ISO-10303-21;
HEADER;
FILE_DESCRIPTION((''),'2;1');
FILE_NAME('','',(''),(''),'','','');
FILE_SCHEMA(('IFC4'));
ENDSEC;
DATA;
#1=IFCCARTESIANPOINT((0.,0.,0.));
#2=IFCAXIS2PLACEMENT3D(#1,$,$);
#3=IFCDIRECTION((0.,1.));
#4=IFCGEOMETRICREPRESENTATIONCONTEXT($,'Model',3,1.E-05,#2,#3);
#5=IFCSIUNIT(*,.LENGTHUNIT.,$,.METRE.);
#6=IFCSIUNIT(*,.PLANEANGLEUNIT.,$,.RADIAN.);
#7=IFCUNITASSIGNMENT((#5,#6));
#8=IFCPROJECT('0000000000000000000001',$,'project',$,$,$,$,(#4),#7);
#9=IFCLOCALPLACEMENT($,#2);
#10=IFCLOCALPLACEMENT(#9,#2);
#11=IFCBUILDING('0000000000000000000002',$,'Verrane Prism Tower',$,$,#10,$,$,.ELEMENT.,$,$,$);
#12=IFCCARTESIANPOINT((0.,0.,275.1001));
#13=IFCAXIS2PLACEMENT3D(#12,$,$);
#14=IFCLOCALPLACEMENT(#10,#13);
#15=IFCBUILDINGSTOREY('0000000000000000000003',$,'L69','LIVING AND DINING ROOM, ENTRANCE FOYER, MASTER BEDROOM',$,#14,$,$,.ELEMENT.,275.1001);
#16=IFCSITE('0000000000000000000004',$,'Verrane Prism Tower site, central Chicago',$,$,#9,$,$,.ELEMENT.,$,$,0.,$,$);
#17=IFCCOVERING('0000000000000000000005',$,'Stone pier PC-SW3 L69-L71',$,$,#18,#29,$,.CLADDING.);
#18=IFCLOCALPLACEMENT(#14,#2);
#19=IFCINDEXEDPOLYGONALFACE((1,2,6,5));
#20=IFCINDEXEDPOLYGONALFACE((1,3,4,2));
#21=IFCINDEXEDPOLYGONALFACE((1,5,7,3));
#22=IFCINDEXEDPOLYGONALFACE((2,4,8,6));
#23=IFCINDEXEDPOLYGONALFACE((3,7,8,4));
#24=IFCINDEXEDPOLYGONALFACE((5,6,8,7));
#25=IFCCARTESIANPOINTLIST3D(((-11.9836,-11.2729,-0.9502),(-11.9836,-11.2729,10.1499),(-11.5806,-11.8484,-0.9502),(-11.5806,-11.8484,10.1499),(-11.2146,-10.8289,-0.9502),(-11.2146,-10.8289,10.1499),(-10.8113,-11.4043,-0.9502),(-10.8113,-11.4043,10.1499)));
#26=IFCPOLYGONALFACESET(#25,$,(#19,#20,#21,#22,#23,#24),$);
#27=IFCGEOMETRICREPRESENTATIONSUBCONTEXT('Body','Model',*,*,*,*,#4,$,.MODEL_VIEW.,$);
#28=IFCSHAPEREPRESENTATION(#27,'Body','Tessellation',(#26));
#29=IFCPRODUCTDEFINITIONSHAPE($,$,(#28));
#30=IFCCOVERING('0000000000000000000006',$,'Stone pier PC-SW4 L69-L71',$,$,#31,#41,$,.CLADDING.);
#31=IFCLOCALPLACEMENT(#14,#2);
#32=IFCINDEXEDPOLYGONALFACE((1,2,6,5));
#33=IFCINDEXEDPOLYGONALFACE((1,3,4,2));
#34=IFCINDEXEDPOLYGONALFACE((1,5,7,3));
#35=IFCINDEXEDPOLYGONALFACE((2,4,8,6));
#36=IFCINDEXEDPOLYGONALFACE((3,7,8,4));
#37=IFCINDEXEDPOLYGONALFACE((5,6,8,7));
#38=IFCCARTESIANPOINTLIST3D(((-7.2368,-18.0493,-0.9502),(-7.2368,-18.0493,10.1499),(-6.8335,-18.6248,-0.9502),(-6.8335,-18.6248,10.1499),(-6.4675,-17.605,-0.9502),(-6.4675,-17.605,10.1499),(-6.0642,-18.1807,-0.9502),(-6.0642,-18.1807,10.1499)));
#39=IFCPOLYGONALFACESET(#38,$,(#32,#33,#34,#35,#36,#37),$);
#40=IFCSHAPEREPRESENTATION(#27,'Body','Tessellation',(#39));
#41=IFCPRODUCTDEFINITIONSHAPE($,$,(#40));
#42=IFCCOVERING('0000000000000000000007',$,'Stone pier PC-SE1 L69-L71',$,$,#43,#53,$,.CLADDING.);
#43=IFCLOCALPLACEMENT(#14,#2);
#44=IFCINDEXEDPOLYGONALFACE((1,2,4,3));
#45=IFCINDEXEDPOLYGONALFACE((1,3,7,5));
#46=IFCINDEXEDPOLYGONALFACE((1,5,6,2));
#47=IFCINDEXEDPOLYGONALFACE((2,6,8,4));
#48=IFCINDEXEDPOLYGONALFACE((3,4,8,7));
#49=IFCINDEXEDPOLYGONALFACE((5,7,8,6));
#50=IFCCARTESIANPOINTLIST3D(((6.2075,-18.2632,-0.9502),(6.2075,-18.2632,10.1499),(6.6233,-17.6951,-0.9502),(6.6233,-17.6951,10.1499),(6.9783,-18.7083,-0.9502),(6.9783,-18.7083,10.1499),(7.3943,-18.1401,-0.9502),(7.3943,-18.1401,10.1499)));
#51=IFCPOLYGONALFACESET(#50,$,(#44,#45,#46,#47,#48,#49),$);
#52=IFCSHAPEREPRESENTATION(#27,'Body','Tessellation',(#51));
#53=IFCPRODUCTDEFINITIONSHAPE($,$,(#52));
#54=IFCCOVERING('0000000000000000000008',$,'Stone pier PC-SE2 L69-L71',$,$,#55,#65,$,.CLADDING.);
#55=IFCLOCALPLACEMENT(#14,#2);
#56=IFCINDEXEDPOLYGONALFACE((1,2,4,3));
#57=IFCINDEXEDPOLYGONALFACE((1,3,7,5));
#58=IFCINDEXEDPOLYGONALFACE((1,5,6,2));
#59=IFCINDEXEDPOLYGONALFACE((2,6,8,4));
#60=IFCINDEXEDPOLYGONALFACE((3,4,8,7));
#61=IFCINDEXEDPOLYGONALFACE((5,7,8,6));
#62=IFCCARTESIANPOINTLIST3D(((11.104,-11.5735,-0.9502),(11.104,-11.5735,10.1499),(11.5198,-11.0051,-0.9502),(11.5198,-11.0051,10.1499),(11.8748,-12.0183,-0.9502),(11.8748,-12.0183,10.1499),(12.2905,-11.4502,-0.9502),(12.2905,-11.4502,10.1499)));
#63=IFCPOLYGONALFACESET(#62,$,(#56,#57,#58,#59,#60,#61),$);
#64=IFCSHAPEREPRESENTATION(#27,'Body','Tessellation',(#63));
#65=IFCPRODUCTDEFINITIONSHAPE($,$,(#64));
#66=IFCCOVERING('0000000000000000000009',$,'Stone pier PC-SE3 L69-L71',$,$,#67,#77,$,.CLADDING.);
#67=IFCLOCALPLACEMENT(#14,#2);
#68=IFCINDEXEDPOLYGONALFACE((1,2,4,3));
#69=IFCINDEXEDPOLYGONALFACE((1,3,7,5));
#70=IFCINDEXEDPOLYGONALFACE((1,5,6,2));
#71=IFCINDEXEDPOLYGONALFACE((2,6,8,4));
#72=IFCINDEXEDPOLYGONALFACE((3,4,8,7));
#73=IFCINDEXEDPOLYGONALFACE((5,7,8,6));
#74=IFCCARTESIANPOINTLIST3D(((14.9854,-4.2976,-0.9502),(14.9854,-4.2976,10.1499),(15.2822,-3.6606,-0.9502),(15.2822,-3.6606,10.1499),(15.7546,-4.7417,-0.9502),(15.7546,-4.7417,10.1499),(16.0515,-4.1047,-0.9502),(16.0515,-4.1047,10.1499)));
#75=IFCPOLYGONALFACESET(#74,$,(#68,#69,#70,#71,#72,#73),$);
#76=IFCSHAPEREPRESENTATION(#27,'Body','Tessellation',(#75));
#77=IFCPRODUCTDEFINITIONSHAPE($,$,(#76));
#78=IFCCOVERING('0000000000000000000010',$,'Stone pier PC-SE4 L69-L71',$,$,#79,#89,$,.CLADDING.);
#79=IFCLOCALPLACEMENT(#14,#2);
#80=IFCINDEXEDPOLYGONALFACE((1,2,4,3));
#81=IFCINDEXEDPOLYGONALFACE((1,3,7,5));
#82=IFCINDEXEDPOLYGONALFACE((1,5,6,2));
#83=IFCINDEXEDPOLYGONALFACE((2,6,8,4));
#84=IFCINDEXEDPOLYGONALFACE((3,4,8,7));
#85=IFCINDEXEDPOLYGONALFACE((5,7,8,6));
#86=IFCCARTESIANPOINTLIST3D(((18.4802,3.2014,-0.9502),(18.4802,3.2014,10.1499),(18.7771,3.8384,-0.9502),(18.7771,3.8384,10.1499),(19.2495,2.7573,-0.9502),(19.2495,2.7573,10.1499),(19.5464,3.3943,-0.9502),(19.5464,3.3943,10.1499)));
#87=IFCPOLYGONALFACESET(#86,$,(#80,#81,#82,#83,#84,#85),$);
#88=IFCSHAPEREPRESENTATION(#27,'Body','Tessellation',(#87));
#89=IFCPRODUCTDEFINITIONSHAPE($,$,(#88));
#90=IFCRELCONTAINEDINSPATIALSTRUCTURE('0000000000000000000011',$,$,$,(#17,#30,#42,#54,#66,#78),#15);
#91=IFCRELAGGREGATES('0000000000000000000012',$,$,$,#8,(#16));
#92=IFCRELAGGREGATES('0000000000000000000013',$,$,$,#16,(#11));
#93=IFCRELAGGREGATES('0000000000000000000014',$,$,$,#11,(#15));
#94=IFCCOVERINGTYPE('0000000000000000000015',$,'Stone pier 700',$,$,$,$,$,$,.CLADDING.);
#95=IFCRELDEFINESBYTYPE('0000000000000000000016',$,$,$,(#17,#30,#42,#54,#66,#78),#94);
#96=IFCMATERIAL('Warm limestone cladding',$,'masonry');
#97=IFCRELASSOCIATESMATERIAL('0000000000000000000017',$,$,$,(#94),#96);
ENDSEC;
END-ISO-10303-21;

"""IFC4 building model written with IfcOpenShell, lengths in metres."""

from ifc_helpers import new_model, si_unit, direction, frame, origin, place, context, subcontext, project, spatial, polyline, outline, extrude, material, type_object, element, save


model = new_model("IFC4")

# Units and contexts
model_context = context("Model", 3, precision=1e-05, world=origin(), true_north=direction((0.0, 1.0)))
body_context = subcontext(model_context, "Body", "Model", "MODEL_VIEW")
ifc_project = project(units=[si_unit("LENGTHUNIT", "METRE"), si_unit("PLANEANGLEUNIT", "RADIAN")], contexts=[model_context])

# Site, building, storey
site_placement = place(None, origin())
site = spatial("IfcSite", under=ifc_project, at=site_placement, Name="Verrane Prism Tower site, central Chicago", CompositionType="ELEMENT", RefElevation=0.0)
building_placement = place(site_placement, origin())
building = spatial("IfcBuilding", under=site, at=building_placement, Name="Verrane Prism Tower", CompositionType="ELEMENT")
storey_placement = place(building_placement, frame((0.0, 0.0, 275.1001)))
storey = spatial("IfcBuildingStorey", under=building, at=storey_placement, Name="L69", Description="LIVING AND DINING ROOM, ENTRANCE FOYER, MASTER BEDROOM", CompositionType="ELEMENT", Elevation=275.1001)

# Coverings
ifc_material_1 = material(Name="Warm limestone cladding", Category="masonry")
covering_type = type_object("IfcCoveringType", Name="Stone pier 700", PredefinedType="CLADDING", material=ifc_material_1)
covering_1_placement = place(storey_placement, frame((0.0, 0.0, -0.9502)))
element("IfcCovering", 1, at=covering_1_placement, inside=storey, type_object=covering_type, Name="Stone pier PC-SW3 L69-L71", PredefinedType="CLADDING", context=body_context, shape_type="SweptSolid", body=[
    extrude(outline(polyline([(-11.5806, -11.8484), (-10.8113, -11.4043), (-11.2146, -10.8289), (-11.9836, -11.2729), (-11.5806, -11.8484)])), origin(), (0.0, 0.0, 1.0), 11.1001),
])
covering_2_placement = place(storey_placement, frame((0.0, 0.0, -0.9502)))
element("IfcCovering", 2, at=covering_2_placement, inside=storey, type_object=covering_type, Name="Stone pier PC-SW4 L69-L71", PredefinedType="CLADDING", context=body_context, shape_type="SweptSolid", body=[
    extrude(outline(polyline([(-6.8335, -18.6248), (-6.0642, -18.1807), (-6.4675, -17.605), (-7.2368, -18.0493), (-6.8335, -18.6248)])), origin(), (0.0, 0.0, 1.0), 11.1001),
])
covering_3_placement = place(storey_placement, frame((0.0, 0.0, -0.9502)))
element("IfcCovering", 3, at=covering_3_placement, inside=storey, type_object=covering_type, Name="Stone pier PC-SE1 L69-L71", PredefinedType="CLADDING", context=body_context, shape_type="SweptSolid", body=[
    extrude(outline(polyline([(7.3943, -18.1401), (6.6233, -17.6951), (6.2075, -18.2632), (6.9783, -18.7083), (7.3943, -18.1401)])), origin(), (0.0, 0.0, 1.0), 11.1001),
])
covering_4_placement = place(storey_placement, frame((0.0, 0.0, -0.9502)))
element("IfcCovering", 4, at=covering_4_placement, inside=storey, type_object=covering_type, Name="Stone pier PC-SE2 L69-L71", PredefinedType="CLADDING", context=body_context, shape_type="SweptSolid", body=[
    extrude(outline(polyline([(12.2905, -11.4502), (11.5198, -11.0051), (11.104, -11.5735), (11.8748, -12.0183), (12.2905, -11.4502)])), origin(), (0.0, 0.0, 1.0), 11.1001),
])
covering_5_placement = place(storey_placement, frame((0.0, 0.0, -0.9502)))
element("IfcCovering", 5, at=covering_5_placement, inside=storey, type_object=covering_type, Name="Stone pier PC-SE3 L69-L71", PredefinedType="CLADDING", context=body_context, shape_type="SweptSolid", body=[
    extrude(outline(polyline([(16.0515, -4.1047), (15.2822, -3.6606), (14.9854, -4.2976), (15.7546, -4.7417), (16.0515, -4.1047)])), origin(), (0.0, 0.0, 1.0), 11.1001),
])
covering_6_placement = place(storey_placement, frame((0.0, 0.0, -0.9502)))
element("IfcCovering", 6, at=covering_6_placement, inside=storey, type_object=covering_type, Name="Stone pier PC-SE4 L69-L71", PredefinedType="CLADDING", context=body_context, shape_type="SweptSolid", body=[
    extrude(outline(polyline([(19.5464, 3.3943), (18.7771, 3.8384), (18.4802, 3.2014), (19.2495, 2.7573), (19.5464, 3.3943)])), origin(), (0.0, 0.0, 1.0), 11.1001),
])

save(model, "model.ifc")
